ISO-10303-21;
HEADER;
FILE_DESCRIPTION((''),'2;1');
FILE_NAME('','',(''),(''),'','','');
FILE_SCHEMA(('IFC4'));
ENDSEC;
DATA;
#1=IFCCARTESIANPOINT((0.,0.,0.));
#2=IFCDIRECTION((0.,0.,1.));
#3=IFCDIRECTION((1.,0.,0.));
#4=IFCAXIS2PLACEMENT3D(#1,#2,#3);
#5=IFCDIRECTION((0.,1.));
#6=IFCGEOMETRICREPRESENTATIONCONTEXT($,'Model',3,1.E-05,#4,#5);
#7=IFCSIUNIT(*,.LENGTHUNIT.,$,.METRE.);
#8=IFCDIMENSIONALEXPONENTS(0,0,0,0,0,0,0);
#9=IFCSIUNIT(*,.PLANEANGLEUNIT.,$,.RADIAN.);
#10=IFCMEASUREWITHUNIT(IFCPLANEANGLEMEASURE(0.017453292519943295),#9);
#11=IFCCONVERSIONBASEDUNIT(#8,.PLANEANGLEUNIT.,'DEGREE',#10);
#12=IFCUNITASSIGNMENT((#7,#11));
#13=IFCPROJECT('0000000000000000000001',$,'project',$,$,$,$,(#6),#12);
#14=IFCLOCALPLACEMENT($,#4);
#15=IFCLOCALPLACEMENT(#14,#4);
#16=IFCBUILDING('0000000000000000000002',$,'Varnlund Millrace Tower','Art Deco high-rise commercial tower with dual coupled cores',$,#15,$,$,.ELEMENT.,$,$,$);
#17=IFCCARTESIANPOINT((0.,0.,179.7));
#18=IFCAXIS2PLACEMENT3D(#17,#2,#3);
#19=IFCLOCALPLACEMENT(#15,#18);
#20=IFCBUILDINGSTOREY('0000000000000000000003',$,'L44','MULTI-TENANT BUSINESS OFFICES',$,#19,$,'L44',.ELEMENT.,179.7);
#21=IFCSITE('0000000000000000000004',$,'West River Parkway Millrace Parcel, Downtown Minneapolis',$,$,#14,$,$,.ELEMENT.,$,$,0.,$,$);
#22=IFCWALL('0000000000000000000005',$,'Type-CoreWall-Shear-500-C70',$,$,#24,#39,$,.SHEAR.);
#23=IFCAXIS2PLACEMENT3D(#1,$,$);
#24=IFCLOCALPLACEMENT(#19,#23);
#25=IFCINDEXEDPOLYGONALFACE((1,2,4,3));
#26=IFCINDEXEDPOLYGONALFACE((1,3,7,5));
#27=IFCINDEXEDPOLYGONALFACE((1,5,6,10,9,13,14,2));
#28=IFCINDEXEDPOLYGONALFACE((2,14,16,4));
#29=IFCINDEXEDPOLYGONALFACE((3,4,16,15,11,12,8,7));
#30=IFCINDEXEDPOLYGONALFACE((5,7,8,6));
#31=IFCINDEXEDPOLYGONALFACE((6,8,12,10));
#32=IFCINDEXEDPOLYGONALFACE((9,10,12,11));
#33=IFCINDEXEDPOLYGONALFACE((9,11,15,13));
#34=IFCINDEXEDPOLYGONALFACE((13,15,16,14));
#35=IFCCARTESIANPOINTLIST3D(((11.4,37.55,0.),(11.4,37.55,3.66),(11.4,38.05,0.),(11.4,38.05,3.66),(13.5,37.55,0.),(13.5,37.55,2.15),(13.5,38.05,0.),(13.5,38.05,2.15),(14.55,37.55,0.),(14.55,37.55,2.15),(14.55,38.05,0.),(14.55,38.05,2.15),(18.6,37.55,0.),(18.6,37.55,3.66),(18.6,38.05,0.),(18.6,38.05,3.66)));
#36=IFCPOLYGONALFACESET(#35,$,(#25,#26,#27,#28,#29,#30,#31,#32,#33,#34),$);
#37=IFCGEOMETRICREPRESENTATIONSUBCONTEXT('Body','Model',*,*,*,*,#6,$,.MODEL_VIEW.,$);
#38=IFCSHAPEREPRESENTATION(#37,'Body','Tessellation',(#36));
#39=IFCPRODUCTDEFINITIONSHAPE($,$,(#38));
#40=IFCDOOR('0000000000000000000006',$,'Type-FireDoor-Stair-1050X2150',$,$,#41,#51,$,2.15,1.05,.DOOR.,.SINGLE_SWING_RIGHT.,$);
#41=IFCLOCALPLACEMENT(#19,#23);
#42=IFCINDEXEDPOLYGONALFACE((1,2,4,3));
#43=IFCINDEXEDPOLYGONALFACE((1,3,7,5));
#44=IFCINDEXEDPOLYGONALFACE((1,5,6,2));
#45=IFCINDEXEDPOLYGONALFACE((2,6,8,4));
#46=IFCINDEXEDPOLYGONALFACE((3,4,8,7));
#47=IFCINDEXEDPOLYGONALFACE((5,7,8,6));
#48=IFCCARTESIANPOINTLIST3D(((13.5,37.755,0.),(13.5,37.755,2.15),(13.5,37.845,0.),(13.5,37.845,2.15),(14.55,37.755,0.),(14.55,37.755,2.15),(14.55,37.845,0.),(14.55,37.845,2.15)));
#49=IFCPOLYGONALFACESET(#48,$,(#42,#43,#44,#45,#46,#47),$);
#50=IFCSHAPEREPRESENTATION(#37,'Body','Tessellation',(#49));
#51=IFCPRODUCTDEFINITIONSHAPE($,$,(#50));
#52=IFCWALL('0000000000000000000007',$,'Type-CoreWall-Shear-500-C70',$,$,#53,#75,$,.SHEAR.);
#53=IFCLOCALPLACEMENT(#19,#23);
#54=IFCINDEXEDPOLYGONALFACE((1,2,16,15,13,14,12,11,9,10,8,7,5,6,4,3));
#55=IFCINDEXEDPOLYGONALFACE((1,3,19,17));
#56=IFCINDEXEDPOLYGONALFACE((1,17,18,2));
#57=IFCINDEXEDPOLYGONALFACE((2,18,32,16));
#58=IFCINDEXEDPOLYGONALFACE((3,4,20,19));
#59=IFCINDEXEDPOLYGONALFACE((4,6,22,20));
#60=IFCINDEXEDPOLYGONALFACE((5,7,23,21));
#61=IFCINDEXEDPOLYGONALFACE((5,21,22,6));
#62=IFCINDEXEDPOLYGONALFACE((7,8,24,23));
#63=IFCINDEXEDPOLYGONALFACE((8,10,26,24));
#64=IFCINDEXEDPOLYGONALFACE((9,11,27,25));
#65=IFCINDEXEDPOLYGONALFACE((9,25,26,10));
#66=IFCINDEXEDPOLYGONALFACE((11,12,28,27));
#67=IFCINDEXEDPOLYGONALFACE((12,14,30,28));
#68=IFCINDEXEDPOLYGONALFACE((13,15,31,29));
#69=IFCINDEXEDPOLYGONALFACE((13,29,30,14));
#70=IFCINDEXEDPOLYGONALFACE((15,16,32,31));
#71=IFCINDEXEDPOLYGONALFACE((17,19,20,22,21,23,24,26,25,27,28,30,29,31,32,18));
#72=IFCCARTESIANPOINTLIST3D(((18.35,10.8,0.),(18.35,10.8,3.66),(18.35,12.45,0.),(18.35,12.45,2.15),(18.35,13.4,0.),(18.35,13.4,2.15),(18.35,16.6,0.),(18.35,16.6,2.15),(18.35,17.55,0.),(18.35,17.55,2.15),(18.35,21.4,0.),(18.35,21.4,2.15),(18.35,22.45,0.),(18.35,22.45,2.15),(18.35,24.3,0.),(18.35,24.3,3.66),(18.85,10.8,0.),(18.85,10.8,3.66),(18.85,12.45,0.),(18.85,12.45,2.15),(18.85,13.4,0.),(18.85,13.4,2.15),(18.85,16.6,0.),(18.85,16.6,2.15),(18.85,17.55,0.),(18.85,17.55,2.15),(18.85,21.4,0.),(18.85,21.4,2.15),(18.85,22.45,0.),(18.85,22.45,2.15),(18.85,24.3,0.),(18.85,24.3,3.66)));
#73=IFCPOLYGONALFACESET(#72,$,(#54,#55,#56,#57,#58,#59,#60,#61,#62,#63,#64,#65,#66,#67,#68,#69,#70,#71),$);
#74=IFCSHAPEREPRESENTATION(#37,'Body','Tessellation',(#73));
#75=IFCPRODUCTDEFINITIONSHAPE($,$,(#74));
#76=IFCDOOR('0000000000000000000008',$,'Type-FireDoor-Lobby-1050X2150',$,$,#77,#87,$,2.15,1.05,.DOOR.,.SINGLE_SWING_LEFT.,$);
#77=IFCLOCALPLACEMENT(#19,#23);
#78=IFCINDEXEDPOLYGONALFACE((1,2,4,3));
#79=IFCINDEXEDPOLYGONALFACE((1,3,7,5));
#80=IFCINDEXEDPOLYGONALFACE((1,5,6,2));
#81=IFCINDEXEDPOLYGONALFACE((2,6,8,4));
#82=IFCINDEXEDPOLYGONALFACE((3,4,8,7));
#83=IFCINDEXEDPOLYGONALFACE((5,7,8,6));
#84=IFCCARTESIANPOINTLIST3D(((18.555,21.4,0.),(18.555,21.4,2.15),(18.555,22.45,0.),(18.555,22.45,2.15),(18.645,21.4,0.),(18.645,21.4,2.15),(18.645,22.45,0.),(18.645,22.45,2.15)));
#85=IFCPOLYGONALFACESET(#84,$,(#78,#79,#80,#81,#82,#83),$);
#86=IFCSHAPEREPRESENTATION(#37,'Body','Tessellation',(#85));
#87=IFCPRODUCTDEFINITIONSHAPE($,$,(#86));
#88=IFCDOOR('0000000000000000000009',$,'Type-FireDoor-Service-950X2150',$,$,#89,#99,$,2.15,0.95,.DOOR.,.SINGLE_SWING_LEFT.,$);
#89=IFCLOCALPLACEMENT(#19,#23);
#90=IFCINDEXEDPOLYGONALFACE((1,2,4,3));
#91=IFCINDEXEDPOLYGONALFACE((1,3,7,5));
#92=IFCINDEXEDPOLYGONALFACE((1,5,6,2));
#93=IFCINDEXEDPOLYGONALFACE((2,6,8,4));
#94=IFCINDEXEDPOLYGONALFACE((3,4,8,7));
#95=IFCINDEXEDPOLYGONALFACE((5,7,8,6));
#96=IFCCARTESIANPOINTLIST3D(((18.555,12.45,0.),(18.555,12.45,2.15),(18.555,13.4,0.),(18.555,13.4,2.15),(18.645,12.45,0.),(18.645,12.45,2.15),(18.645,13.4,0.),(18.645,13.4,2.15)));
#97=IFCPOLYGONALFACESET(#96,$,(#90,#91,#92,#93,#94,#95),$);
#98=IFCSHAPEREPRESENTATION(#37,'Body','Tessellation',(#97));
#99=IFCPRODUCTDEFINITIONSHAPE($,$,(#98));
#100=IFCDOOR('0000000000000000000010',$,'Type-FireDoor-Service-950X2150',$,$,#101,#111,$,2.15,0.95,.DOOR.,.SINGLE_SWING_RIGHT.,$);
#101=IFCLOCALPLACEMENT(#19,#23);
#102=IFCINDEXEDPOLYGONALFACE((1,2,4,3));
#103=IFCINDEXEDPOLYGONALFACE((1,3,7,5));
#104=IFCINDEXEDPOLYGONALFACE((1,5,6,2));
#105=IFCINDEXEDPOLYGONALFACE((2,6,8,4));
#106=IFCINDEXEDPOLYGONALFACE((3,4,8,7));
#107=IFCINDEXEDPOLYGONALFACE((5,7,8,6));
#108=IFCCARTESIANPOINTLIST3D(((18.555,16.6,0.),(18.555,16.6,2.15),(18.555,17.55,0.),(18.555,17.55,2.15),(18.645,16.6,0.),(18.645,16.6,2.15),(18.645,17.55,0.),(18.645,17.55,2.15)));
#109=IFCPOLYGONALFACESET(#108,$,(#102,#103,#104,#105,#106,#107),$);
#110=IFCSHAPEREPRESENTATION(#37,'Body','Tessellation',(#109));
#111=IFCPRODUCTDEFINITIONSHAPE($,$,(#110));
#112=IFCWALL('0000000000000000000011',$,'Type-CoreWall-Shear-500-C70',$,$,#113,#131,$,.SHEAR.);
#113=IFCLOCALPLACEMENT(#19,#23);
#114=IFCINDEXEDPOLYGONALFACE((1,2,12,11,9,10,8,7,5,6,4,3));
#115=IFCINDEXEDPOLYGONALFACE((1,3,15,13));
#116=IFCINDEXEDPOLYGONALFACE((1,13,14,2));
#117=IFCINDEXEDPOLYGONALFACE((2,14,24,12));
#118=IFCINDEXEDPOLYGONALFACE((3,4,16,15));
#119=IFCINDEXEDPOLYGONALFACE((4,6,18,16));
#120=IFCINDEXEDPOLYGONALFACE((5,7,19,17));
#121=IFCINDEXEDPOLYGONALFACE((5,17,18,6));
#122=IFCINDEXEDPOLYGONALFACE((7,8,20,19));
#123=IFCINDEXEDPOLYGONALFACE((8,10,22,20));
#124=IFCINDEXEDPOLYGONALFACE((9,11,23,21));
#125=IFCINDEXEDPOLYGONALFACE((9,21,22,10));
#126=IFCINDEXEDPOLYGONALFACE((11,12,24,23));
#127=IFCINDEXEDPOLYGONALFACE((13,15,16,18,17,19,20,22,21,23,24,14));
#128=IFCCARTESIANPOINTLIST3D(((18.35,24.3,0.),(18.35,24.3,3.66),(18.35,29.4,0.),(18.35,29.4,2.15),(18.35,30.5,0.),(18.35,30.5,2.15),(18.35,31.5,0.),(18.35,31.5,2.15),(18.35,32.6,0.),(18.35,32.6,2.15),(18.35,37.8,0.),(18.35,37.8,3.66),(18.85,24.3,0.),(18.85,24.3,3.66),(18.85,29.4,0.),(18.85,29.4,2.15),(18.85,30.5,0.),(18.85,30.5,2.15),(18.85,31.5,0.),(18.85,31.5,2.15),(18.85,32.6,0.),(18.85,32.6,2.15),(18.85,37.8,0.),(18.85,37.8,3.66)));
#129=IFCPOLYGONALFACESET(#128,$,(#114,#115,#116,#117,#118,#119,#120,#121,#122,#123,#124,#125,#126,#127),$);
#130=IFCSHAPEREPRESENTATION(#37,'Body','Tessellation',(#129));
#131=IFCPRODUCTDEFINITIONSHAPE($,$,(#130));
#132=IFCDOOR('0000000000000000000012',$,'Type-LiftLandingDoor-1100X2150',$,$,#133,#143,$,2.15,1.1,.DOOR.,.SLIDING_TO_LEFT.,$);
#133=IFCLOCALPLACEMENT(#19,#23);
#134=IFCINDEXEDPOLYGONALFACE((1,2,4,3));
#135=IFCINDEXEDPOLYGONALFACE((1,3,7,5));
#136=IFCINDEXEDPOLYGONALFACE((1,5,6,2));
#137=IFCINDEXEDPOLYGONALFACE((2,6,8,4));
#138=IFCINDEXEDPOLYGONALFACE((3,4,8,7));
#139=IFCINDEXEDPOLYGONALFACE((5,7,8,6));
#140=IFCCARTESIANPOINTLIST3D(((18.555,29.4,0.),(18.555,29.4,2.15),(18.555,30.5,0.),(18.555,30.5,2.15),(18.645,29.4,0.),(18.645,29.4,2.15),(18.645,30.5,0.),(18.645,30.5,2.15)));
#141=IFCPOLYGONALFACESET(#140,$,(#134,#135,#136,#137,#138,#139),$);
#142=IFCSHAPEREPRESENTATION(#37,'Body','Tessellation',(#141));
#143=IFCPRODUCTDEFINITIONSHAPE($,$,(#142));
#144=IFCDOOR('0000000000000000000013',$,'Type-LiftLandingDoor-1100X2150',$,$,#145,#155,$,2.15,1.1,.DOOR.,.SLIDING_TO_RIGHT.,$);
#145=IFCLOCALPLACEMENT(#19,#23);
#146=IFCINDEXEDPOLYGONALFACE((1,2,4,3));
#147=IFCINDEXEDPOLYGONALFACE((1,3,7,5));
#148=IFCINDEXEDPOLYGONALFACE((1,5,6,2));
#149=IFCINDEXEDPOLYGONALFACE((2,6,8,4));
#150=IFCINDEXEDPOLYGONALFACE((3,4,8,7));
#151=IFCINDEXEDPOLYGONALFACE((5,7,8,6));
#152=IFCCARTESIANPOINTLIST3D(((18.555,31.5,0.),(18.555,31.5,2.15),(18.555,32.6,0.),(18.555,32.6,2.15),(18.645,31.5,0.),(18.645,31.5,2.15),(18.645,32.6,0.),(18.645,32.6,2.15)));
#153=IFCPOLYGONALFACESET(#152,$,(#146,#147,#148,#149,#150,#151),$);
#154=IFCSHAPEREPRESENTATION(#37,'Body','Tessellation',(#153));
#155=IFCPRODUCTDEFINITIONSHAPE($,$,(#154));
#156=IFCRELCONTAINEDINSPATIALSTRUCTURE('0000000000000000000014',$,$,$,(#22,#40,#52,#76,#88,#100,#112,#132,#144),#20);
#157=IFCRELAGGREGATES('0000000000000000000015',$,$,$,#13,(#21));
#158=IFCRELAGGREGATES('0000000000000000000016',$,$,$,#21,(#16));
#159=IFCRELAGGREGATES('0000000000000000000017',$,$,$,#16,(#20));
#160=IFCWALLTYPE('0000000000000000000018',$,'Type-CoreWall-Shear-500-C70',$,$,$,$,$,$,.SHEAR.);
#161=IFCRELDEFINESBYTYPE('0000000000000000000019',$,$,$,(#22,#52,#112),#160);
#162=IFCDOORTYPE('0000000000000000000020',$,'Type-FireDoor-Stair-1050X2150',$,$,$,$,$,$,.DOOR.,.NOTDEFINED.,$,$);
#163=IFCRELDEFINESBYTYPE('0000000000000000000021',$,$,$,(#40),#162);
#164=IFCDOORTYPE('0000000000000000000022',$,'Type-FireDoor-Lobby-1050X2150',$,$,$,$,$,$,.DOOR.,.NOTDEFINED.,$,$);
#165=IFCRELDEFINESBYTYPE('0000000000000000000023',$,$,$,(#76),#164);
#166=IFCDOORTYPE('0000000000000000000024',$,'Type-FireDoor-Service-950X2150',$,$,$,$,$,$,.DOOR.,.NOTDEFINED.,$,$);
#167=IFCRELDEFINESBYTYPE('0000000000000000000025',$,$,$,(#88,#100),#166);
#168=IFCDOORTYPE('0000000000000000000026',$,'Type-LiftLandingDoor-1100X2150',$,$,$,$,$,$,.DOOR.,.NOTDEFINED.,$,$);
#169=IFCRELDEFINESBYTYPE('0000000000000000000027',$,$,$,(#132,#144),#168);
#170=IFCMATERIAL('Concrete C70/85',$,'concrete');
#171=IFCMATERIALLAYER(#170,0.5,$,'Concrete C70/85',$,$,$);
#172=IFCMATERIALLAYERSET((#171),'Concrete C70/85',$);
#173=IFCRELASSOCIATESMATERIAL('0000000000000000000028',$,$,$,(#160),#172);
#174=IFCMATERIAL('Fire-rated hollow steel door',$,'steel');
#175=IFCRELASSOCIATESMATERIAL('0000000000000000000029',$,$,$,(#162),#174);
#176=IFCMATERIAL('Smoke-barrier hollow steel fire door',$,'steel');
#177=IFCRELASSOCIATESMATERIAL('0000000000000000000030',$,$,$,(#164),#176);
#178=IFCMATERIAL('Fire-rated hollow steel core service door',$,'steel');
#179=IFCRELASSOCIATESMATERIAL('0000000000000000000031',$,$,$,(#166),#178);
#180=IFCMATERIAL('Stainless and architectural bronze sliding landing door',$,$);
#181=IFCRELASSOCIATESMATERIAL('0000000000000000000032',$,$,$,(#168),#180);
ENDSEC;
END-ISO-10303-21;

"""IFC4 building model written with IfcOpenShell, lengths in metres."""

from ifc_helpers import new_model, entity, si_unit, converted_unit, direction, frame, origin_with_axes, origin_2d_with_axis, place, context, subcontext, project, spatial, polyline, rectangle, outline, extrude, material, layer, layer_set, type_object, element, fill, save


model = new_model("IFC4")

# Units and contexts
model_context = context("Model", 3, precision=1e-05, world=origin_with_axes(), true_north=direction((0.0, 1.0)))
body_context = subcontext(model_context, "Body", "Model", "MODEL_VIEW")
ifc_project = project(units=[si_unit("LENGTHUNIT", "METRE"), converted_unit("PLANEANGLEUNIT", "DEGREE", entity("IfcPlaneAngleMeasure", 0.017453292519943295), si_unit("PLANEANGLEUNIT", "RADIAN"), dimensions=[0, 0, 0, 0, 0, 0, 0])], contexts=[model_context])

# Site, building, storey
site_placement = place(None, origin_with_axes())
site = spatial("IfcSite", under=ifc_project, at=site_placement, Name="West River Parkway Millrace Parcel, Downtown Minneapolis", CompositionType="ELEMENT", RefElevation=0.0)
building_placement = place(site_placement, origin_with_axes())
building = spatial("IfcBuilding", under=site, at=building_placement, Name="Varnlund Millrace Tower", Description="Art Deco high-rise commercial tower with dual coupled cores", CompositionType="ELEMENT")
storey_placement = place(building_placement, frame((0.0, 0.0, 179.7), z_axis=(0.0, 0.0, 1.0), x_axis=(1.0, 0.0, 0.0)))
storey = spatial("IfcBuildingStorey", under=building, at=storey_placement, Name="L44", Description="MULTI-TENANT BUSINESS OFFICES", LongName="L44", CompositionType="ELEMENT", Elevation=179.7)

# Shared definitions
ifc_material_1 = material(Name="Concrete C70/85", Category="concrete")
ifc_layer_1 = layer(ifc_material_1, 0.5, Name="Concrete C70/85")
ifc_layer_set_1 = layer_set([ifc_layer_1], Name="Concrete C70/85")
wall_type_1 = type_object("IfcWallType", Name="Type-CoreWall-Shear-500-C70", PredefinedType="SHEAR", material=ifc_layer_set_1)

# Wall, opening, door
ifc_material_2 = material(Name="Fire-rated hollow steel door", Category="steel")
door_type_1 = type_object("IfcDoorType", Name="Type-FireDoor-Stair-1050X2150", OperationType="NOTDEFINED", PredefinedType="DOOR", material=ifc_material_2)
wall_1_placement = place(storey_placement, frame((11.4, 37.8, 0.0), z_axis=(0.0, 0.0, 1.0), x_axis=(1.0, 0.0, 0.0)))
wall_1 = element("IfcWall", 1, at=wall_1_placement, inside=storey, type_object=wall_type_1, Name="Type-CoreWall-Shear-500-C70", PredefinedType="SHEAR", context=body_context, shape_type="SweptSolid", body=[
    extrude(outline(polyline([(0.0, -0.25), (7.2, -0.25), (7.2, 0.25), (0.0, 0.25), (0.0, -0.25)])), origin_with_axes(), (0.0, 0.0, 1.0), 3.66),
])
opening_1_placement = place(wall_1_placement, frame((2.625, 0.0, 0.0), z_axis=(0.0, 0.0, 1.0), x_axis=(1.0, 0.0, 0.0)))
opening_1 = element("IfcOpeningElement", 2, at=opening_1_placement, cuts=wall_1, PredefinedType="OPENING", context=body_context, shape_type="SweptSolid", body=[
    extrude(rectangle(XDim=1.05, YDim=0.52, at=origin_2d_with_axis()), origin_with_axes(), (0.0, 0.0, 1.0), 2.15),
])
door_1_placement = place(wall_1_placement, frame((2.625, 0.0, 0.0), z_axis=(0.0, 0.0, 1.0), x_axis=(1.0, 0.0, 0.0)))
door_1 = element("IfcDoor", 3, at=door_1_placement, inside=storey, type_object=door_type_1, Name="Type-FireDoor-Stair-1050X2150", OperationType="SINGLE_SWING_RIGHT", OverallHeight=2.15, OverallWidth=1.05, PredefinedType="DOOR", context=body_context, shape_type="SweptSolid", body=[
    extrude(rectangle(XDim=1.05, YDim=0.09, at=origin_2d_with_axis()), origin_with_axes(), (0.0, 0.0, 1.0), 2.15),
])
fill(opening_1, door_1)

# Walls, openings, doors
wall_2_placement = place(storey_placement, frame((18.6, 10.8, 0.0), z_axis=(0.0, 0.0, 1.0), x_axis=(0.0, 1.0, 0.0)))
wall_2 = element("IfcWall", 4, at=wall_2_placement, inside=storey, type_object=wall_type_1, Name="Type-CoreWall-Shear-500-C70", PredefinedType="SHEAR", context=body_context, shape_type="SweptSolid", body=[
    extrude(outline(polyline([(0.0, -0.25), (13.5, -0.25), (13.5, 0.25), (0.0, 0.25), (0.0, -0.25)])), origin_with_axes(), (0.0, 0.0, 1.0), 3.66),
])
opening_2_placement = place(wall_2_placement, frame((11.125, 0.0, 0.0), z_axis=(0.0, 0.0, 1.0), x_axis=(1.0, 0.0, 0.0)))
opening_2 = element("IfcOpeningElement", 5, at=opening_2_placement, cuts=wall_2, PredefinedType="OPENING", context=body_context, shape_type="SweptSolid", body=[
    extrude(rectangle(XDim=1.05, YDim=0.52, at=origin_2d_with_axis()), origin_with_axes(), (0.0, 0.0, 1.0), 2.15),
])
opening_3_placement = place(wall_2_placement, frame((2.125, 0.0, 0.0), z_axis=(0.0, 0.0, 1.0), x_axis=(1.0, 0.0, 0.0)))
opening_3 = element("IfcOpeningElement", 6, at=opening_3_placement, cuts=wall_2, PredefinedType="OPENING", context=body_context, shape_type="SweptSolid", body=[
    extrude(rectangle(XDim=0.95, YDim=0.52, at=origin_2d_with_axis()), origin_with_axes(), (0.0, 0.0, 1.0), 2.15),
])
opening_4_placement = place(wall_2_placement, frame((6.275, 0.0, 0.0), z_axis=(0.0, 0.0, 1.0), x_axis=(1.0, 0.0, 0.0)))
opening_4 = element("IfcOpeningElement", 7, at=opening_4_placement, cuts=wall_2, PredefinedType="OPENING", context=body_context, shape_type="SweptSolid", body=[
    extrude(rectangle(XDim=0.95, YDim=0.52, at=origin_2d_with_axis()), origin_with_axes(), (0.0, 0.0, 1.0), 2.15),
])
ifc_material_3 = material(Name="Smoke-barrier hollow steel fire door", Category="steel")
door_type_2 = type_object("IfcDoorType", Name="Type-FireDoor-Lobby-1050X2150", OperationType="NOTDEFINED", PredefinedType="DOOR", material=ifc_material_3)
door_2_placement = place(wall_2_placement, frame((11.125, 0.0, 0.0), z_axis=(0.0, 0.0, 1.0), x_axis=(1.0, 0.0, 0.0)))
door_2 = element("IfcDoor", 8, at=door_2_placement, inside=storey, type_object=door_type_2, Name="Type-FireDoor-Lobby-1050X2150", OperationType="SINGLE_SWING_LEFT", OverallHeight=2.15, OverallWidth=1.05, PredefinedType="DOOR", context=body_context, shape_type="SweptSolid", body=[
    extrude(rectangle(XDim=1.05, YDim=0.09, at=origin_2d_with_axis()), origin_with_axes(), (0.0, 0.0, 1.0), 2.15),
])
fill(opening_2, door_2)
ifc_material_4 = material(Name="Fire-rated hollow steel core service door", Category="steel")
door_type_3 = type_object("IfcDoorType", Name="Type-FireDoor-Service-950X2150", OperationType="NOTDEFINED", PredefinedType="DOOR", material=ifc_material_4)
door_3_placement = place(wall_2_placement, frame((2.125, 0.0, 0.0), z_axis=(0.0, 0.0, 1.0), x_axis=(1.0, 0.0, 0.0)))
door_3 = element("IfcDoor", 9, at=door_3_placement, inside=storey, type_object=door_type_3, Name="Type-FireDoor-Service-950X2150", OperationType="SINGLE_SWING_LEFT", OverallHeight=2.15, OverallWidth=0.95, PredefinedType="DOOR", context=body_context, shape_type="SweptSolid", body=[
    extrude(rectangle(XDim=0.95, YDim=0.09, at=origin_2d_with_axis()), origin_with_axes(), (0.0, 0.0, 1.0), 2.15),
])
fill(opening_3, door_3)
door_4_placement = place(wall_2_placement, frame((6.275, 0.0, 0.0), z_axis=(0.0, 0.0, 1.0), x_axis=(1.0, 0.0, 0.0)))
door_4 = element("IfcDoor", 10, at=door_4_placement, inside=storey, type_object=door_type_3, Name="Type-FireDoor-Service-950X2150", OperationType="SINGLE_SWING_RIGHT", OverallHeight=2.15, OverallWidth=0.95, PredefinedType="DOOR", context=body_context, shape_type="SweptSolid", body=[
    extrude(rectangle(XDim=0.95, YDim=0.09, at=origin_2d_with_axis()), origin_with_axes(), (0.0, 0.0, 1.0), 2.15),
])
fill(opening_4, door_4)
wall_3_placement = place(storey_placement, frame((18.6, 24.3, 0.0), z_axis=(0.0, 0.0, 1.0), x_axis=(0.0, 1.0, 0.0)))
wall_3 = element("IfcWall", 11, at=wall_3_placement, inside=storey, type_object=wall_type_1, Name="Type-CoreWall-Shear-500-C70", PredefinedType="SHEAR", context=body_context, shape_type="SweptSolid", body=[
    extrude(outline(polyline([(0.0, -0.25), (13.5, -0.25), (13.5, 0.25), (0.0, 0.25), (0.0, -0.25)])), origin_with_axes(), (0.0, 0.0, 1.0), 3.66),
])
opening_5_placement = place(wall_3_placement, frame((5.65, 0.0, 0.0), z_axis=(0.0, 0.0, 1.0), x_axis=(1.0, 0.0, 0.0)))
opening_5 = element("IfcOpeningElement", 12, at=opening_5_placement, cuts=wall_3, PredefinedType="OPENING", context=body_context, shape_type="SweptSolid", body=[
    extrude(rectangle(XDim=1.1, YDim=0.52, at=origin_2d_with_axis()), origin_with_axes(), (0.0, 0.0, 1.0), 2.15),
])
opening_6_placement = place(wall_3_placement, frame((7.75, 0.0, 0.0), z_axis=(0.0, 0.0, 1.0), x_axis=(1.0, 0.0, 0.0)))
opening_6 = element("IfcOpeningElement", 13, at=opening_6_placement, cuts=wall_3, PredefinedType="OPENING", context=body_context, shape_type="SweptSolid", body=[
    extrude(rectangle(XDim=1.1, YDim=0.52, at=origin_2d_with_axis()), origin_with_axes(), (0.0, 0.0, 1.0), 2.15),
])
ifc_material_5 = material(Name="Stainless and architectural bronze sliding landing door")
door_type_4 = type_object("IfcDoorType", Name="Type-LiftLandingDoor-1100X2150", OperationType="NOTDEFINED", PredefinedType="DOOR", material=ifc_material_5)
door_5_placement = place(wall_3_placement, frame((5.65, 0.0, 0.0), z_axis=(0.0, 0.0, 1.0), x_axis=(1.0, 0.0, 0.0)))
door_5 = element("IfcDoor", 14, at=door_5_placement, inside=storey, type_object=door_type_4, Name="Type-LiftLandingDoor-1100X2150", OperationType="SLIDING_TO_LEFT", OverallHeight=2.15, OverallWidth=1.1, PredefinedType="DOOR", context=body_context, shape_type="SweptSolid", body=[
    extrude(rectangle(XDim=1.1, YDim=0.09, at=origin_2d_with_axis()), origin_with_axes(), (0.0, 0.0, 1.0), 2.15),
])
fill(opening_5, door_5)
door_6_placement = place(wall_3_placement, frame((7.75, 0.0, 0.0), z_axis=(0.0, 0.0, 1.0), x_axis=(1.0, 0.0, 0.0)))
door_6 = element("IfcDoor", 15, at=door_6_placement, inside=storey, type_object=door_type_4, Name="Type-LiftLandingDoor-1100X2150", OperationType="SLIDING_TO_RIGHT", OverallHeight=2.15, OverallWidth=1.1, PredefinedType="DOOR", context=body_context, shape_type="SweptSolid", body=[
    extrude(rectangle(XDim=1.1, YDim=0.09, at=origin_2d_with_axis()), origin_with_axes(), (0.0, 0.0, 1.0), 2.15),
])
fill(opening_6, door_6)

save(model, "model.ifc")
